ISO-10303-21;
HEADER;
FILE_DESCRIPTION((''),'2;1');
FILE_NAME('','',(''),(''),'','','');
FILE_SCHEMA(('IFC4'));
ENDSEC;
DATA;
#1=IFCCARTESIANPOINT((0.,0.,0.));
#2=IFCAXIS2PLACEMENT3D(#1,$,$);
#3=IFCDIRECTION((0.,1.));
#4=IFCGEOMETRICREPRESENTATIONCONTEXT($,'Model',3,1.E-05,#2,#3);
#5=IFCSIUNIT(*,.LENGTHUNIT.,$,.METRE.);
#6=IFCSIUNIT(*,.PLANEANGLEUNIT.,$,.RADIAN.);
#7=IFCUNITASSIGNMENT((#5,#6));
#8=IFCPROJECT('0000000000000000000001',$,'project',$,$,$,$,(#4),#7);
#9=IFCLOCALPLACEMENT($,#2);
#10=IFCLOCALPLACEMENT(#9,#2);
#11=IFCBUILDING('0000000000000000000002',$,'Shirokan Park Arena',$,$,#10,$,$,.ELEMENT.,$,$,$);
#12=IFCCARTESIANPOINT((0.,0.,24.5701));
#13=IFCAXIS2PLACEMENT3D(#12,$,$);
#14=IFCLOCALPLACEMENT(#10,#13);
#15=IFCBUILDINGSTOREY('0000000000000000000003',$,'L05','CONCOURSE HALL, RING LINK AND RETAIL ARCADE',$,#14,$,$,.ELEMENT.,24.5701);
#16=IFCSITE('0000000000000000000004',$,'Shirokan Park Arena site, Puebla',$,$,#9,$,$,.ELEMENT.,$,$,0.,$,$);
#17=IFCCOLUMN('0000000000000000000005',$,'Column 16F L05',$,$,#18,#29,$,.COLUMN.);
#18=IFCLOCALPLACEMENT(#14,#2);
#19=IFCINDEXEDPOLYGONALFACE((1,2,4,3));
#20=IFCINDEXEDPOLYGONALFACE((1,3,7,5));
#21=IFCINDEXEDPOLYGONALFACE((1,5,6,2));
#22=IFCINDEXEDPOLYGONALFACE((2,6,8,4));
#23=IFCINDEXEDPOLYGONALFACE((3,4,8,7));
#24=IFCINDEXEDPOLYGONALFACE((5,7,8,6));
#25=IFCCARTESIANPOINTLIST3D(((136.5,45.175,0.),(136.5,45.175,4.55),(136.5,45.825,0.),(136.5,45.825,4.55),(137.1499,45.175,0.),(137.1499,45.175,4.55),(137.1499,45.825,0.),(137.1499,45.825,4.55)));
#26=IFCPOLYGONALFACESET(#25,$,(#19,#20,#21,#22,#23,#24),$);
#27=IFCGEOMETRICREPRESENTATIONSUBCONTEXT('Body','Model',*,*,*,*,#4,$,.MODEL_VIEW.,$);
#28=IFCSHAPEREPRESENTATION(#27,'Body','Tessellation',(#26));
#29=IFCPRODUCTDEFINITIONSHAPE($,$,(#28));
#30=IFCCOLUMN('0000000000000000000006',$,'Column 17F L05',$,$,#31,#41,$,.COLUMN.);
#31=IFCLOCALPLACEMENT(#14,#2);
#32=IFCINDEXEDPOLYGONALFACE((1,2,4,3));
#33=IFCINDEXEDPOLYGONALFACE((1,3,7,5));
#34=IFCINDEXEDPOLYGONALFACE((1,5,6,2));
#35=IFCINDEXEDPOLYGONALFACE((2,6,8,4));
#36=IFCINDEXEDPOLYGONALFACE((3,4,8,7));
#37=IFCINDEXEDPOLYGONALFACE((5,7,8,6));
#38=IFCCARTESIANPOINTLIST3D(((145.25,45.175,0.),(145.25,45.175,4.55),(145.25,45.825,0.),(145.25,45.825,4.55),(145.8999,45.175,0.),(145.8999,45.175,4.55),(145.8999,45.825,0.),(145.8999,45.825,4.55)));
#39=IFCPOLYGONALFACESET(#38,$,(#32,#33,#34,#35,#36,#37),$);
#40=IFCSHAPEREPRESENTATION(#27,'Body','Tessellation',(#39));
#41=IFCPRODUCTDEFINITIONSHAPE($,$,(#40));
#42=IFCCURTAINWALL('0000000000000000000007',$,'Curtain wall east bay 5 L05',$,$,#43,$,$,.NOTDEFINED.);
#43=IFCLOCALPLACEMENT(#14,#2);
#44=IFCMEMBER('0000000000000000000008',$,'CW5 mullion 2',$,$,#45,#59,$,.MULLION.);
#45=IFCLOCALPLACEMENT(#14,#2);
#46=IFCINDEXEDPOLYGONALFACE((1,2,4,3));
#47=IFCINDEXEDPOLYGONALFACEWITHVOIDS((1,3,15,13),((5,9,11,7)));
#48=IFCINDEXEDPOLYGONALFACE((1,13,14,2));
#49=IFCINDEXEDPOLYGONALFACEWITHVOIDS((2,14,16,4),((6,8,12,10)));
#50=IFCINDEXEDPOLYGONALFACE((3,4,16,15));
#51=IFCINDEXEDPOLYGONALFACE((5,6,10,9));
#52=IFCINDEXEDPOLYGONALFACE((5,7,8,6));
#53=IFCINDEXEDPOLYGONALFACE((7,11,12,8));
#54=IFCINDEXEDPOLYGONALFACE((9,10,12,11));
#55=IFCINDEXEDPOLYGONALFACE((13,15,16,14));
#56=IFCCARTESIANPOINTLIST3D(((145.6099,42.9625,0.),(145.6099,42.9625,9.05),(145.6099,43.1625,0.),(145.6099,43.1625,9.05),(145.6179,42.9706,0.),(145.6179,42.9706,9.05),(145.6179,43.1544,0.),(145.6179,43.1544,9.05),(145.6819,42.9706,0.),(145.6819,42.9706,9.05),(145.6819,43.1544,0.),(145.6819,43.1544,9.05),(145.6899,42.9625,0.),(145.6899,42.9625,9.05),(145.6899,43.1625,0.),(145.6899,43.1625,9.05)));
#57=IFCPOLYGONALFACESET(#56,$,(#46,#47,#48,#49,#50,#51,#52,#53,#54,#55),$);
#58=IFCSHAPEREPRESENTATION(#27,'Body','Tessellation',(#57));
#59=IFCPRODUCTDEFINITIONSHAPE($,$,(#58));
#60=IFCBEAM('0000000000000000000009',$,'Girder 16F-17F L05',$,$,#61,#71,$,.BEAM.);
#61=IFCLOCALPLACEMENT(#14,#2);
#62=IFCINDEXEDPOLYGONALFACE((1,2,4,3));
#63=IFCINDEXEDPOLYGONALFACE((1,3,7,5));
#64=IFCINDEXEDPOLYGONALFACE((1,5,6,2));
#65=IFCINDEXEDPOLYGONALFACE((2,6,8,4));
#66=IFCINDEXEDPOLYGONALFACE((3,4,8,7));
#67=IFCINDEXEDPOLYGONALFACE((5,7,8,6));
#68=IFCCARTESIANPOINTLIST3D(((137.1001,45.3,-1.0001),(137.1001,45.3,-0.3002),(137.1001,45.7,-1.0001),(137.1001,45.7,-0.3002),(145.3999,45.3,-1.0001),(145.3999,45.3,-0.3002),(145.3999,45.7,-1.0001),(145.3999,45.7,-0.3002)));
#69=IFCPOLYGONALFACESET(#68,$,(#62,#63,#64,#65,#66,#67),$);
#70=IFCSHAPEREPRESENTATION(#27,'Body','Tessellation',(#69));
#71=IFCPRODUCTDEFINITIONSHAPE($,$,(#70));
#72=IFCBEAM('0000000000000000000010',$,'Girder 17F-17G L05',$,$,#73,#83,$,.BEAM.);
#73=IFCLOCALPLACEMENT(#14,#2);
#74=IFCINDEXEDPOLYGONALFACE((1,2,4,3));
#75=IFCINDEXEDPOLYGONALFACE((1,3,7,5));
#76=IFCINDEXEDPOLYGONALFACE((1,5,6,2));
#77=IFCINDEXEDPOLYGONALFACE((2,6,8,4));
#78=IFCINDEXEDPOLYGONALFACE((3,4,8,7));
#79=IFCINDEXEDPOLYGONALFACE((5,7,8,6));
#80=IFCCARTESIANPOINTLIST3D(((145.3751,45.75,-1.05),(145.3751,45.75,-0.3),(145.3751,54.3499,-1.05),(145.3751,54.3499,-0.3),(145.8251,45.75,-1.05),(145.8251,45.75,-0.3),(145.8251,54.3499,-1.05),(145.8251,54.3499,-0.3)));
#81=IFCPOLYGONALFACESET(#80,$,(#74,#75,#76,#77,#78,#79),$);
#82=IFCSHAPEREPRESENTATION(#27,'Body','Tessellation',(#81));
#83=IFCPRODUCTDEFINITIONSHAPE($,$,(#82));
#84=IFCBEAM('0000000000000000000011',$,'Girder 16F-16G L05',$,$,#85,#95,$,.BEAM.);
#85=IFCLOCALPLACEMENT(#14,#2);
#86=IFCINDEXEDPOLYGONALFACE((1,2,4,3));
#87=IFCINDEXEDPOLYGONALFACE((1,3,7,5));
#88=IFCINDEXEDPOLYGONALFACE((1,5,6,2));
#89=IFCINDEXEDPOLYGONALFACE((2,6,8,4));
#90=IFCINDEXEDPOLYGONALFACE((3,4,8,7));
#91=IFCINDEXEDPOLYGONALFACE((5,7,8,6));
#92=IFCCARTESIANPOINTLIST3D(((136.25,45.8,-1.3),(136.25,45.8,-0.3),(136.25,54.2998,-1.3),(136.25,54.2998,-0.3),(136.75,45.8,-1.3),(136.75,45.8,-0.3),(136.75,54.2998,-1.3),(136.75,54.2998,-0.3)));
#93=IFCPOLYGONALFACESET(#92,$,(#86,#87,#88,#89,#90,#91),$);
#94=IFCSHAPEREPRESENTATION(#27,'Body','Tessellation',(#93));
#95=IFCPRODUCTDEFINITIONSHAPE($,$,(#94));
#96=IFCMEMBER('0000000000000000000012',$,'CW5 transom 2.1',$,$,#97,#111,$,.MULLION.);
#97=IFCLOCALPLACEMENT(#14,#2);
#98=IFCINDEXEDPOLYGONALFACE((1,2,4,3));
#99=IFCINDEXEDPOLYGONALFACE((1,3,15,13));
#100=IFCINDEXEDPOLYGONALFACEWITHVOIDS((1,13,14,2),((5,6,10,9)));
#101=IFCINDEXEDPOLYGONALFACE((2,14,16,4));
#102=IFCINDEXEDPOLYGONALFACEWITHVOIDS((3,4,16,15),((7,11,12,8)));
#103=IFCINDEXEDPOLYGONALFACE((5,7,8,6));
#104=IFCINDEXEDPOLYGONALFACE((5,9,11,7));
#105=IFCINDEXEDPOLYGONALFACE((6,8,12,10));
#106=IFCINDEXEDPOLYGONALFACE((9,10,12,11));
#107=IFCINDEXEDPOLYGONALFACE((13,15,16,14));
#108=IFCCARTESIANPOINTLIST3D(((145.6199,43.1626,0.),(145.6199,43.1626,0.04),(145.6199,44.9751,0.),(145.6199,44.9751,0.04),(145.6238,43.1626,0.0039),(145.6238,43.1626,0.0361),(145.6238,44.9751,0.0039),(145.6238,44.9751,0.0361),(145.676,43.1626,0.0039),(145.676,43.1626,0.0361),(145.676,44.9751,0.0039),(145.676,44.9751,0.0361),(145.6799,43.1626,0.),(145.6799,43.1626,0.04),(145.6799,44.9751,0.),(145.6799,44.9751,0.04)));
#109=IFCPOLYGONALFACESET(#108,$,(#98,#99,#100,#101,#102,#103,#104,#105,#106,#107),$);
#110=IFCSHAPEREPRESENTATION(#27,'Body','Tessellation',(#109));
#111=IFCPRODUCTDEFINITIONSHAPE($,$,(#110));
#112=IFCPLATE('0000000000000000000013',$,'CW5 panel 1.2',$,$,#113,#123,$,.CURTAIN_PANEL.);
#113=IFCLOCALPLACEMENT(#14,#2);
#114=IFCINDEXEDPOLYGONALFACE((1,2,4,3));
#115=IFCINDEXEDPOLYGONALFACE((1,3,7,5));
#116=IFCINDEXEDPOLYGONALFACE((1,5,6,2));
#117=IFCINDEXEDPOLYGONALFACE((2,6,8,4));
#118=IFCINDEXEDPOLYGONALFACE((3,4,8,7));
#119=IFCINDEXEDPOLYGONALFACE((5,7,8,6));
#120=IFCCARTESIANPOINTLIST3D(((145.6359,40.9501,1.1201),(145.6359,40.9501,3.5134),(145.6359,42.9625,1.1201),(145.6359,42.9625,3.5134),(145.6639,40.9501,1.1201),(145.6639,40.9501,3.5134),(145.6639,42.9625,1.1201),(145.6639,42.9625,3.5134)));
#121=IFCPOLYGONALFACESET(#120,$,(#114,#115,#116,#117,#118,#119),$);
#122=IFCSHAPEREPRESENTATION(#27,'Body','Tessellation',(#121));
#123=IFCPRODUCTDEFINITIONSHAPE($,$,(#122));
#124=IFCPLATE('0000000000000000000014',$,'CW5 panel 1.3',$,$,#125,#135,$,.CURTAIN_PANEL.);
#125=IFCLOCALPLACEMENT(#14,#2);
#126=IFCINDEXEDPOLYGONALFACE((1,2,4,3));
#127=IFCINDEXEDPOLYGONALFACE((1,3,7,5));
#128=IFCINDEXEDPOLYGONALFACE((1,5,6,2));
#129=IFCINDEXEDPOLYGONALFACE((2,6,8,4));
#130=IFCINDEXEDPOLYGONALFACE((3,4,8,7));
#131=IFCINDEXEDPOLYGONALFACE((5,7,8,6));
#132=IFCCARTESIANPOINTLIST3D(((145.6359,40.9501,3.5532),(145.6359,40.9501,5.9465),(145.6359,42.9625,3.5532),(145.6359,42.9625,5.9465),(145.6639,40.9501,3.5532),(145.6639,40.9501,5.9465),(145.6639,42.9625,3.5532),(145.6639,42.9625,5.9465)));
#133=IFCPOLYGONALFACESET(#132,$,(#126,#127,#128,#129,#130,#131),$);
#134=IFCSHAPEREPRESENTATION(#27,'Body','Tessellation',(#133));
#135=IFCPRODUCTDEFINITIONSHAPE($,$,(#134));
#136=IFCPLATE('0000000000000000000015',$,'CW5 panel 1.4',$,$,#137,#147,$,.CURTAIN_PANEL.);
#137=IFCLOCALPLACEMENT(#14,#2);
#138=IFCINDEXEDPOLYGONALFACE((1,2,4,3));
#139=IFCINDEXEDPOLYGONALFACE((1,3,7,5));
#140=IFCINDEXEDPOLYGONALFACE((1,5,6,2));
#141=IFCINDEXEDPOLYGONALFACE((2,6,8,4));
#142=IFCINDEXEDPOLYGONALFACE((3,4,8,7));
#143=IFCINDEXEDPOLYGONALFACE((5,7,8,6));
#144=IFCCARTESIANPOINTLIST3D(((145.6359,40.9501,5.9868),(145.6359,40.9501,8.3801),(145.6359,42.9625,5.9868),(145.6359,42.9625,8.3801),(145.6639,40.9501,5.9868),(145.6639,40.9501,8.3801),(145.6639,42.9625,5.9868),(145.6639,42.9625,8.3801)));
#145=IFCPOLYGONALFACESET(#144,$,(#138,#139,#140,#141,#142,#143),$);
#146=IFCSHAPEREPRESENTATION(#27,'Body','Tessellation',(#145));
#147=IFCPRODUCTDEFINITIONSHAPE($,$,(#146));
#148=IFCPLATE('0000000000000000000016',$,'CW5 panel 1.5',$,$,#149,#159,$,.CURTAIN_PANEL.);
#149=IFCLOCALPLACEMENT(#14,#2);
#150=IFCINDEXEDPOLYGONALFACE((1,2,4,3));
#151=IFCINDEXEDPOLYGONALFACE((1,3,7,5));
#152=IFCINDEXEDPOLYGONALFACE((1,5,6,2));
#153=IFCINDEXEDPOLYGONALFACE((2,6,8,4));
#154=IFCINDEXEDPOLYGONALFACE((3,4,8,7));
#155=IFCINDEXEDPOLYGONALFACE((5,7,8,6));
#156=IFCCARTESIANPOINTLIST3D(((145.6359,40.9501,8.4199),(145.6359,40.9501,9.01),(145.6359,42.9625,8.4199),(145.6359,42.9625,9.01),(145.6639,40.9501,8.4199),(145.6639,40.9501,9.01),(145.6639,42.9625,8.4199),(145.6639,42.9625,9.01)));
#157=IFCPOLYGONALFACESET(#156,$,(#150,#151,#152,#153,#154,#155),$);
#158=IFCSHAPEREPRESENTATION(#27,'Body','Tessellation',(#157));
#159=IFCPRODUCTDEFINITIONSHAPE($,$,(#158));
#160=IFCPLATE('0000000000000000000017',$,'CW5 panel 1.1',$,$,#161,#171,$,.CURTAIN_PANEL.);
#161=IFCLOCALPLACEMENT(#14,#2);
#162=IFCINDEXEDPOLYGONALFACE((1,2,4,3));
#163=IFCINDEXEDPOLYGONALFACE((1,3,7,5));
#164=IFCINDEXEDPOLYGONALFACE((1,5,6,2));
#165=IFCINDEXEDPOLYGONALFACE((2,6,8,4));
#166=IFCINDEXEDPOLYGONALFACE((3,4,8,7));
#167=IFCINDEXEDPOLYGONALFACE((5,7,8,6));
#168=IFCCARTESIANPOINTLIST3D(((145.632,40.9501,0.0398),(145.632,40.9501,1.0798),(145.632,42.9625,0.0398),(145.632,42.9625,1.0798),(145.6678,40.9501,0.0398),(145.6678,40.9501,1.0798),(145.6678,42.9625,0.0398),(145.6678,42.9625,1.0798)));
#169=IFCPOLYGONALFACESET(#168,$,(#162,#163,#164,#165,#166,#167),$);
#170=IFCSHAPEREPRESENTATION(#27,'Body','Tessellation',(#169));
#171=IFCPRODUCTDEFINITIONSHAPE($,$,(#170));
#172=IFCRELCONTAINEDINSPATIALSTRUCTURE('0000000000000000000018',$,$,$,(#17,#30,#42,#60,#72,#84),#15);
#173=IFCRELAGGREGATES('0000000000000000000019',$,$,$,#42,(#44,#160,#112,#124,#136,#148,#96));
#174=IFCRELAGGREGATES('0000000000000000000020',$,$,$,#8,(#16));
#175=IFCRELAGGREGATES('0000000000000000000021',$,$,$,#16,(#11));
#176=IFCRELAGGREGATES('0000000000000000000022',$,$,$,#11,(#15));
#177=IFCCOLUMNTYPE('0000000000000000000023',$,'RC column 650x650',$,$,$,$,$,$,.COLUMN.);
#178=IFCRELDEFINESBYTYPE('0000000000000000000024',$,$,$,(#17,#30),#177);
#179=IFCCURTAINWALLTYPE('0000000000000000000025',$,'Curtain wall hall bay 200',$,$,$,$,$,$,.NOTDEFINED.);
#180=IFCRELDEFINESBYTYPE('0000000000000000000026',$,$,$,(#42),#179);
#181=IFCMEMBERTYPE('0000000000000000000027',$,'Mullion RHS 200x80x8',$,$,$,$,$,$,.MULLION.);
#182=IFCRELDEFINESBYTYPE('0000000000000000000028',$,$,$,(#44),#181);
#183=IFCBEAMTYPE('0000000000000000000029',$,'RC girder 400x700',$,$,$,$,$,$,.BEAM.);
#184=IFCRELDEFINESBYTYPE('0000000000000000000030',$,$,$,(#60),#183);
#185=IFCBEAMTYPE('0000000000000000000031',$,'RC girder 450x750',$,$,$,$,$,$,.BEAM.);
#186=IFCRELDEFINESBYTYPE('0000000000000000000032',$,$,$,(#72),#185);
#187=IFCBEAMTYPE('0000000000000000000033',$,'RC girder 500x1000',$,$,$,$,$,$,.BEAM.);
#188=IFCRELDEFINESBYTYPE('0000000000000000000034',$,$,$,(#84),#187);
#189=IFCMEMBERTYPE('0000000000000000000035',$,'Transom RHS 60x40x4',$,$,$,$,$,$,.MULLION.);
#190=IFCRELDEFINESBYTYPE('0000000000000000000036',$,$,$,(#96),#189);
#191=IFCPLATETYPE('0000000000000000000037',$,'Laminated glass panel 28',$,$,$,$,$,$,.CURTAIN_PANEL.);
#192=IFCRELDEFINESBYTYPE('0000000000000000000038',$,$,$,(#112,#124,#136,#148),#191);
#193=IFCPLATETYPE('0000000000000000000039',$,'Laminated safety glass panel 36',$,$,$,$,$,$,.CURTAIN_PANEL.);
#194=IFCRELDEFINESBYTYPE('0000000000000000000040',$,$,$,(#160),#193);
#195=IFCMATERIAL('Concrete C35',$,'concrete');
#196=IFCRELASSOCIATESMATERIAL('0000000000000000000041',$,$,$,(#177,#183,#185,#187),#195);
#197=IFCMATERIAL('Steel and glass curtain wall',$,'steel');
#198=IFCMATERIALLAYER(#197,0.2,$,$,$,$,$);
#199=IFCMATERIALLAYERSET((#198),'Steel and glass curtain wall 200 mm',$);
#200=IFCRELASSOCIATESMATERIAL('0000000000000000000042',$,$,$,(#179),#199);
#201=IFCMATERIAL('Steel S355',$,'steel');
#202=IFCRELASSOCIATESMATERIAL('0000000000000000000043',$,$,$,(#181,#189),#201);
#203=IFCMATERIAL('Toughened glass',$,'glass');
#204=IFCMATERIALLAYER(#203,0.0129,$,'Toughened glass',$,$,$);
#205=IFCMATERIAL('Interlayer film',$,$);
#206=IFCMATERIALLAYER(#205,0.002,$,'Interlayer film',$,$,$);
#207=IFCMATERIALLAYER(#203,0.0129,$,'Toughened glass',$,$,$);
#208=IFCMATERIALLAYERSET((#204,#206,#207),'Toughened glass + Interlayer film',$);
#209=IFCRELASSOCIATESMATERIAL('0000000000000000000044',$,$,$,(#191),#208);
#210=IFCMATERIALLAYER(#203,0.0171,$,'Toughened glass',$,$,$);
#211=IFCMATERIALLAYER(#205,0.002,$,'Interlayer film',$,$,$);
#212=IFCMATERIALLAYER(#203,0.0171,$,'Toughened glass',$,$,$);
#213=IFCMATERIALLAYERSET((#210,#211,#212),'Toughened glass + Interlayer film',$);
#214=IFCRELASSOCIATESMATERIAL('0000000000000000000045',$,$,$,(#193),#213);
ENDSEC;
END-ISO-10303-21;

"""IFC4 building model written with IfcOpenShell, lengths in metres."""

from ifc_helpers import new_model, si_unit, direction, frame, origin, origin_2d, place, context, subcontext, project, spatial, rectangle, hollow_rectangle, extrude, material, layer, layer_set, material_profile, profile_set, type_object, element, aggregate, save


model = new_model("IFC4")

# Units and contexts
model_context = context("Model", 3, precision=1e-05, world=origin(), true_north=direction((0.0, 1.0)))
body_context = subcontext(model_context, "Body", "Model", "MODEL_VIEW")
ifc_project = project(units=[si_unit("LENGTHUNIT", "METRE"), si_unit("PLANEANGLEUNIT", "RADIAN")], contexts=[model_context])

# Site, building, storey
site_placement = place(None, origin())
site = spatial("IfcSite", under=ifc_project, at=site_placement, Name="Shirokan Park Arena site, Puebla", CompositionType="ELEMENT", RefElevation=0.0)
building_placement = place(site_placement, origin())
building = spatial("IfcBuilding", under=site, at=building_placement, Name="Shirokan Park Arena", CompositionType="ELEMENT")
storey_placement = place(building_placement, frame((0.0, 0.0, 24.5701)))
storey = spatial("IfcBuildingStorey", under=building, at=storey_placement, Name="L05", Description="CONCOURSE HALL, RING LINK AND RETAIL ARCADE", CompositionType="ELEMENT", Elevation=24.5701)

# Columns
ifc_material_1 = material(Name="Concrete C35", Category="concrete")
ifc_material_profile_1 = material_profile(ifc_material_1, rectangle(XDim=0.6499, YDim=0.6499, at=origin_2d()), Name="650x650")
ifc_profile_set_1 = profile_set([ifc_material_profile_1], Name="Concrete C35")
column_type = type_object("IfcColumnType", Name="RC column 650x650", PredefinedType="COLUMN", material=ifc_profile_set_1)
for number, where, z_axis, x_axis, name in (
    (1, (136.825, 45.5, 0.0), (0.0, 0.0, 1.0), (1.0, 0.0, 0.0), "Column 16F L05"),
    (2, (145.575, 45.5, 0.0), (0.0, 0.0, 1.0), (1.0, 0.0, 0.0), "Column 17F L05"),
):
    element("IfcColumn", number, at=place(storey_placement, frame(where, z_axis=z_axis, x_axis=x_axis)), inside=storey, type_object=column_type, Name=name, PredefinedType="COLUMN", context=body_context, shape_type="SweptSolid", body=[
        extrude(rectangle(XDim=0.6499, YDim=0.6499, at=origin_2d()), origin(), (0.0, 0.0, 1.0), 4.55),
    ])

# Curtain wall, member
ifc_material_2 = material(Name="Steel and glass curtain wall", Category="steel")
ifc_layer_1 = layer(ifc_material_2, 0.2)
ifc_layer_set_1 = layer_set([ifc_layer_1], Name="Steel and glass curtain wall 200 mm")
curtain_wall_type = type_object("IfcCurtainWallType", Name="Curtain wall hall bay 200", PredefinedType="NOTDEFINED", material=ifc_layer_set_1)
curtain_wall_placement = place(storey_placement, origin())
curtain_wall = element("IfcCurtainWall", 3, at=curtain_wall_placement, inside=storey, type_object=curtain_wall_type, Name="Curtain wall east bay 5 L05", PredefinedType="NOTDEFINED")
ifc_material_3 = material(Name="Steel S355", Category="steel")
ifc_material_profile_2 = material_profile(ifc_material_3, hollow_rectangle(XDim=0.0801, YDim=0.2, WallThickness=0.0081, at=origin_2d()), Name="RHS 200x80x8")
ifc_profile_set_2 = profile_set([ifc_material_profile_2], Name="Steel S355")
member_type_1 = type_object("IfcMemberType", Name="Mullion RHS 200x80x8", PredefinedType="MULLION", material=ifc_profile_set_2)
member_1_placement = place(storey_placement, frame((145.6499, 43.0625, 0.0), z_axis=(0.0, 0.0, 1.0), x_axis=(-1.0, 0.0, 0.0)))
member_1 = element("IfcMember", 4, at=member_1_placement, type_object=member_type_1, Name="CW5 mullion 2", PredefinedType="MULLION", context=body_context, shape_type="SweptSolid", body=[
    extrude(hollow_rectangle(XDim=0.0801, YDim=0.2, WallThickness=0.0081, at=origin_2d()), origin(), (0.0, 0.0, 1.0), 9.05),
])

# Beams
ifc_material_profile_3 = material_profile(ifc_material_1, rectangle(XDim=0.3999, YDim=0.7, at=origin_2d()), Name="400x700")
ifc_profile_set_3 = profile_set([ifc_material_profile_3], Name="Concrete C35")
beam_type_1 = type_object("IfcBeamType", Name="RC girder 400x700", PredefinedType="BEAM", material=ifc_profile_set_3)
beam_1_placement = place(storey_placement, frame((137.1001, 45.5, -0.6501), z_axis=(1.0, 0.0, 0.0), x_axis=(0.0, 1.0, 0.0)))
element("IfcBeam", 5, at=beam_1_placement, inside=storey, type_object=beam_type_1, Name="Girder 16F-17F L05", PredefinedType="BEAM", context=body_context, shape_type="SweptSolid", body=[
    extrude(rectangle(XDim=0.3999, YDim=0.7, at=origin_2d()), origin(), (0.0, 0.0, 1.0), 8.2998),
])
ifc_material_profile_4 = material_profile(ifc_material_1, rectangle(XDim=0.45, YDim=0.75, at=origin_2d()), Name="450x750")
ifc_profile_set_4 = profile_set([ifc_material_profile_4], Name="Concrete C35")
beam_type_2 = type_object("IfcBeamType", Name="RC girder 450x750", PredefinedType="BEAM", material=ifc_profile_set_4)
beam_2_placement = place(storey_placement, frame((145.6001, 45.75, -0.675), z_axis=(0.0, 1.0, 0.0), x_axis=(-1.0, 0.0, 0.0)))
element("IfcBeam", 6, at=beam_2_placement, inside=storey, type_object=beam_type_2, Name="Girder 17F-17G L05", PredefinedType="BEAM", context=body_context, shape_type="SweptSolid", body=[
    extrude(rectangle(XDim=0.45, YDim=0.75, at=origin_2d()), origin(), (0.0, 0.0, 1.0), 8.5999),
])
ifc_material_profile_5 = material_profile(ifc_material_1, rectangle(XDim=0.5, YDim=1.0, at=origin_2d()), Name="500x1000")
ifc_profile_set_5 = profile_set([ifc_material_profile_5], Name="Concrete C35")
beam_type_3 = type_object("IfcBeamType", Name="RC girder 500x1000", PredefinedType="BEAM", material=ifc_profile_set_5)
beam_3_placement = place(storey_placement, frame((136.5, 45.8, -0.8), z_axis=(0.0, 1.0, 0.0), x_axis=(-1.0, 0.0, 0.0)))
element("IfcBeam", 7, at=beam_3_placement, inside=storey, type_object=beam_type_3, Name="Girder 16F-16G L05", PredefinedType="BEAM", context=body_context, shape_type="SweptSolid", body=[
    extrude(rectangle(XDim=0.5, YDim=1.0, at=origin_2d()), origin(), (0.0, 0.0, 1.0), 8.4998),
])

# Member
ifc_material_profile_6 = material_profile(ifc_material_3, hollow_rectangle(XDim=0.0601, YDim=0.04, WallThickness=0.0039, at=origin_2d()), Name="RHS 60x40x4")
ifc_profile_set_6 = profile_set([ifc_material_profile_6], Name="Steel S355")
member_type_2 = type_object("IfcMemberType", Name="Transom RHS 60x40x4", PredefinedType="MULLION", material=ifc_profile_set_6)
member_2_placement = place(storey_placement, frame((145.6499, 43.1626, 0.02), z_axis=(0.0, 1.0, 0.0), x_axis=(-1.0, 0.0, 0.0)))
member_2 = element("IfcMember", 8, at=member_2_placement, type_object=member_type_2, Name="CW5 transom 2.1", PredefinedType="MULLION", context=body_context, shape_type="SweptSolid", body=[
    extrude(hollow_rectangle(XDim=0.0601, YDim=0.04, WallThickness=0.0039, at=origin_2d()), origin(), (0.0, 0.0, 1.0), 1.8125),
])

# Plates
ifc_material_4 = material(Name="Toughened glass", Category="glass")
ifc_layer_2 = layer(ifc_material_4, 0.0129, Name="Toughened glass")
ifc_material_5 = material(Name="Interlayer film")
ifc_layer_3 = layer(ifc_material_5, 0.002, Name="Interlayer film")
ifc_layer_4 = layer(ifc_material_4, 0.0129, Name="Toughened glass")
ifc_layer_set_2 = layer_set([ifc_layer_2, ifc_layer_3, ifc_layer_4], Name="Toughened glass + Interlayer film")
plate_type_1 = type_object("IfcPlateType", Name="Laminated glass panel 28", PredefinedType="CURTAIN_PANEL", material=ifc_layer_set_2)
plate_1_placement = place(storey_placement, frame((145.6499, 41.9563, 1.1201), z_axis=(0.0, 0.0, 1.0), x_axis=(0.0, 1.0, 0.0)))
plate_1 = element("IfcPlate", 9, at=plate_1_placement, type_object=plate_type_1, Name="CW5 panel 1.2", PredefinedType="CURTAIN_PANEL", context=body_context, shape_type="SweptSolid", body=[
    extrude(rectangle(XDim=2.0125, YDim=0.0281, at=origin_2d()), origin(), (0.0, 0.0, 1.0), 2.3933),
])
plate_2_placement = place(storey_placement, frame((145.6499, 41.9563, 3.5532), z_axis=(0.0, 0.0, 1.0), x_axis=(0.0, 1.0, 0.0)))
plate_2 = element("IfcPlate", 10, at=plate_2_placement, type_object=plate_type_1, Name="CW5 panel 1.3", PredefinedType="CURTAIN_PANEL", context=body_context, shape_type="SweptSolid", body=[
    extrude(rectangle(XDim=2.0125, YDim=0.0281, at=origin_2d()), origin(), (0.0, 0.0, 1.0), 2.3933),
])
plate_3_placement = place(storey_placement, frame((145.6499, 41.9563, 5.9868), z_axis=(0.0, 0.0, 1.0), x_axis=(0.0, 1.0, 0.0)))
plate_3 = element("IfcPlate", 11, at=plate_3_placement, type_object=plate_type_1, Name="CW5 panel 1.4", PredefinedType="CURTAIN_PANEL", context=body_context, shape_type="SweptSolid", body=[
    extrude(rectangle(XDim=2.0125, YDim=0.0281, at=origin_2d()), origin(), (0.0, 0.0, 1.0), 2.3933),
])
plate_4_placement = place(storey_placement, frame((145.6499, 41.9563, 8.4199), z_axis=(0.0, 0.0, 1.0), x_axis=(0.0, 1.0, 0.0)))
plate_4 = element("IfcPlate", 12, at=plate_4_placement, type_object=plate_type_1, Name="CW5 panel 1.5", PredefinedType="CURTAIN_PANEL", context=body_context, shape_type="SweptSolid", body=[
    extrude(rectangle(XDim=2.0125, YDim=0.0281, at=origin_2d()), origin(), (0.0, 0.0, 1.0), 0.5901),
])
ifc_layer_5 = layer(ifc_material_4, 0.0171, Name="Toughened glass")
ifc_layer_6 = layer(ifc_material_5, 0.002, Name="Interlayer film")
ifc_layer_7 = layer(ifc_material_4, 0.0171, Name="Toughened glass")
ifc_layer_set_3 = layer_set([ifc_layer_5, ifc_layer_6, ifc_layer_7], Name="Toughened glass + Interlayer film")
plate_type_2 = type_object("IfcPlateType", Name="Laminated safety glass panel 36", PredefinedType="CURTAIN_PANEL", material=ifc_layer_set_3)
plate_5_placement = place(storey_placement, frame((145.6499, 41.9563, 0.0398), z_axis=(0.0, 0.0, 1.0), x_axis=(0.0, 1.0, 0.0)))
plate_5 = element("IfcPlate", 13, at=plate_5_placement, type_object=plate_type_2, Name="CW5 panel 1.1", PredefinedType="CURTAIN_PANEL", context=body_context, shape_type="SweptSolid", body=[
    extrude(rectangle(XDim=2.0125, YDim=0.0359, at=origin_2d()), origin(), (0.0, 0.0, 1.0), 1.04),
])
aggregate(curtain_wall, [member_1, plate_5, plate_1, plate_2, plate_3, plate_4, member_2])

save(model, "model.ifc")
